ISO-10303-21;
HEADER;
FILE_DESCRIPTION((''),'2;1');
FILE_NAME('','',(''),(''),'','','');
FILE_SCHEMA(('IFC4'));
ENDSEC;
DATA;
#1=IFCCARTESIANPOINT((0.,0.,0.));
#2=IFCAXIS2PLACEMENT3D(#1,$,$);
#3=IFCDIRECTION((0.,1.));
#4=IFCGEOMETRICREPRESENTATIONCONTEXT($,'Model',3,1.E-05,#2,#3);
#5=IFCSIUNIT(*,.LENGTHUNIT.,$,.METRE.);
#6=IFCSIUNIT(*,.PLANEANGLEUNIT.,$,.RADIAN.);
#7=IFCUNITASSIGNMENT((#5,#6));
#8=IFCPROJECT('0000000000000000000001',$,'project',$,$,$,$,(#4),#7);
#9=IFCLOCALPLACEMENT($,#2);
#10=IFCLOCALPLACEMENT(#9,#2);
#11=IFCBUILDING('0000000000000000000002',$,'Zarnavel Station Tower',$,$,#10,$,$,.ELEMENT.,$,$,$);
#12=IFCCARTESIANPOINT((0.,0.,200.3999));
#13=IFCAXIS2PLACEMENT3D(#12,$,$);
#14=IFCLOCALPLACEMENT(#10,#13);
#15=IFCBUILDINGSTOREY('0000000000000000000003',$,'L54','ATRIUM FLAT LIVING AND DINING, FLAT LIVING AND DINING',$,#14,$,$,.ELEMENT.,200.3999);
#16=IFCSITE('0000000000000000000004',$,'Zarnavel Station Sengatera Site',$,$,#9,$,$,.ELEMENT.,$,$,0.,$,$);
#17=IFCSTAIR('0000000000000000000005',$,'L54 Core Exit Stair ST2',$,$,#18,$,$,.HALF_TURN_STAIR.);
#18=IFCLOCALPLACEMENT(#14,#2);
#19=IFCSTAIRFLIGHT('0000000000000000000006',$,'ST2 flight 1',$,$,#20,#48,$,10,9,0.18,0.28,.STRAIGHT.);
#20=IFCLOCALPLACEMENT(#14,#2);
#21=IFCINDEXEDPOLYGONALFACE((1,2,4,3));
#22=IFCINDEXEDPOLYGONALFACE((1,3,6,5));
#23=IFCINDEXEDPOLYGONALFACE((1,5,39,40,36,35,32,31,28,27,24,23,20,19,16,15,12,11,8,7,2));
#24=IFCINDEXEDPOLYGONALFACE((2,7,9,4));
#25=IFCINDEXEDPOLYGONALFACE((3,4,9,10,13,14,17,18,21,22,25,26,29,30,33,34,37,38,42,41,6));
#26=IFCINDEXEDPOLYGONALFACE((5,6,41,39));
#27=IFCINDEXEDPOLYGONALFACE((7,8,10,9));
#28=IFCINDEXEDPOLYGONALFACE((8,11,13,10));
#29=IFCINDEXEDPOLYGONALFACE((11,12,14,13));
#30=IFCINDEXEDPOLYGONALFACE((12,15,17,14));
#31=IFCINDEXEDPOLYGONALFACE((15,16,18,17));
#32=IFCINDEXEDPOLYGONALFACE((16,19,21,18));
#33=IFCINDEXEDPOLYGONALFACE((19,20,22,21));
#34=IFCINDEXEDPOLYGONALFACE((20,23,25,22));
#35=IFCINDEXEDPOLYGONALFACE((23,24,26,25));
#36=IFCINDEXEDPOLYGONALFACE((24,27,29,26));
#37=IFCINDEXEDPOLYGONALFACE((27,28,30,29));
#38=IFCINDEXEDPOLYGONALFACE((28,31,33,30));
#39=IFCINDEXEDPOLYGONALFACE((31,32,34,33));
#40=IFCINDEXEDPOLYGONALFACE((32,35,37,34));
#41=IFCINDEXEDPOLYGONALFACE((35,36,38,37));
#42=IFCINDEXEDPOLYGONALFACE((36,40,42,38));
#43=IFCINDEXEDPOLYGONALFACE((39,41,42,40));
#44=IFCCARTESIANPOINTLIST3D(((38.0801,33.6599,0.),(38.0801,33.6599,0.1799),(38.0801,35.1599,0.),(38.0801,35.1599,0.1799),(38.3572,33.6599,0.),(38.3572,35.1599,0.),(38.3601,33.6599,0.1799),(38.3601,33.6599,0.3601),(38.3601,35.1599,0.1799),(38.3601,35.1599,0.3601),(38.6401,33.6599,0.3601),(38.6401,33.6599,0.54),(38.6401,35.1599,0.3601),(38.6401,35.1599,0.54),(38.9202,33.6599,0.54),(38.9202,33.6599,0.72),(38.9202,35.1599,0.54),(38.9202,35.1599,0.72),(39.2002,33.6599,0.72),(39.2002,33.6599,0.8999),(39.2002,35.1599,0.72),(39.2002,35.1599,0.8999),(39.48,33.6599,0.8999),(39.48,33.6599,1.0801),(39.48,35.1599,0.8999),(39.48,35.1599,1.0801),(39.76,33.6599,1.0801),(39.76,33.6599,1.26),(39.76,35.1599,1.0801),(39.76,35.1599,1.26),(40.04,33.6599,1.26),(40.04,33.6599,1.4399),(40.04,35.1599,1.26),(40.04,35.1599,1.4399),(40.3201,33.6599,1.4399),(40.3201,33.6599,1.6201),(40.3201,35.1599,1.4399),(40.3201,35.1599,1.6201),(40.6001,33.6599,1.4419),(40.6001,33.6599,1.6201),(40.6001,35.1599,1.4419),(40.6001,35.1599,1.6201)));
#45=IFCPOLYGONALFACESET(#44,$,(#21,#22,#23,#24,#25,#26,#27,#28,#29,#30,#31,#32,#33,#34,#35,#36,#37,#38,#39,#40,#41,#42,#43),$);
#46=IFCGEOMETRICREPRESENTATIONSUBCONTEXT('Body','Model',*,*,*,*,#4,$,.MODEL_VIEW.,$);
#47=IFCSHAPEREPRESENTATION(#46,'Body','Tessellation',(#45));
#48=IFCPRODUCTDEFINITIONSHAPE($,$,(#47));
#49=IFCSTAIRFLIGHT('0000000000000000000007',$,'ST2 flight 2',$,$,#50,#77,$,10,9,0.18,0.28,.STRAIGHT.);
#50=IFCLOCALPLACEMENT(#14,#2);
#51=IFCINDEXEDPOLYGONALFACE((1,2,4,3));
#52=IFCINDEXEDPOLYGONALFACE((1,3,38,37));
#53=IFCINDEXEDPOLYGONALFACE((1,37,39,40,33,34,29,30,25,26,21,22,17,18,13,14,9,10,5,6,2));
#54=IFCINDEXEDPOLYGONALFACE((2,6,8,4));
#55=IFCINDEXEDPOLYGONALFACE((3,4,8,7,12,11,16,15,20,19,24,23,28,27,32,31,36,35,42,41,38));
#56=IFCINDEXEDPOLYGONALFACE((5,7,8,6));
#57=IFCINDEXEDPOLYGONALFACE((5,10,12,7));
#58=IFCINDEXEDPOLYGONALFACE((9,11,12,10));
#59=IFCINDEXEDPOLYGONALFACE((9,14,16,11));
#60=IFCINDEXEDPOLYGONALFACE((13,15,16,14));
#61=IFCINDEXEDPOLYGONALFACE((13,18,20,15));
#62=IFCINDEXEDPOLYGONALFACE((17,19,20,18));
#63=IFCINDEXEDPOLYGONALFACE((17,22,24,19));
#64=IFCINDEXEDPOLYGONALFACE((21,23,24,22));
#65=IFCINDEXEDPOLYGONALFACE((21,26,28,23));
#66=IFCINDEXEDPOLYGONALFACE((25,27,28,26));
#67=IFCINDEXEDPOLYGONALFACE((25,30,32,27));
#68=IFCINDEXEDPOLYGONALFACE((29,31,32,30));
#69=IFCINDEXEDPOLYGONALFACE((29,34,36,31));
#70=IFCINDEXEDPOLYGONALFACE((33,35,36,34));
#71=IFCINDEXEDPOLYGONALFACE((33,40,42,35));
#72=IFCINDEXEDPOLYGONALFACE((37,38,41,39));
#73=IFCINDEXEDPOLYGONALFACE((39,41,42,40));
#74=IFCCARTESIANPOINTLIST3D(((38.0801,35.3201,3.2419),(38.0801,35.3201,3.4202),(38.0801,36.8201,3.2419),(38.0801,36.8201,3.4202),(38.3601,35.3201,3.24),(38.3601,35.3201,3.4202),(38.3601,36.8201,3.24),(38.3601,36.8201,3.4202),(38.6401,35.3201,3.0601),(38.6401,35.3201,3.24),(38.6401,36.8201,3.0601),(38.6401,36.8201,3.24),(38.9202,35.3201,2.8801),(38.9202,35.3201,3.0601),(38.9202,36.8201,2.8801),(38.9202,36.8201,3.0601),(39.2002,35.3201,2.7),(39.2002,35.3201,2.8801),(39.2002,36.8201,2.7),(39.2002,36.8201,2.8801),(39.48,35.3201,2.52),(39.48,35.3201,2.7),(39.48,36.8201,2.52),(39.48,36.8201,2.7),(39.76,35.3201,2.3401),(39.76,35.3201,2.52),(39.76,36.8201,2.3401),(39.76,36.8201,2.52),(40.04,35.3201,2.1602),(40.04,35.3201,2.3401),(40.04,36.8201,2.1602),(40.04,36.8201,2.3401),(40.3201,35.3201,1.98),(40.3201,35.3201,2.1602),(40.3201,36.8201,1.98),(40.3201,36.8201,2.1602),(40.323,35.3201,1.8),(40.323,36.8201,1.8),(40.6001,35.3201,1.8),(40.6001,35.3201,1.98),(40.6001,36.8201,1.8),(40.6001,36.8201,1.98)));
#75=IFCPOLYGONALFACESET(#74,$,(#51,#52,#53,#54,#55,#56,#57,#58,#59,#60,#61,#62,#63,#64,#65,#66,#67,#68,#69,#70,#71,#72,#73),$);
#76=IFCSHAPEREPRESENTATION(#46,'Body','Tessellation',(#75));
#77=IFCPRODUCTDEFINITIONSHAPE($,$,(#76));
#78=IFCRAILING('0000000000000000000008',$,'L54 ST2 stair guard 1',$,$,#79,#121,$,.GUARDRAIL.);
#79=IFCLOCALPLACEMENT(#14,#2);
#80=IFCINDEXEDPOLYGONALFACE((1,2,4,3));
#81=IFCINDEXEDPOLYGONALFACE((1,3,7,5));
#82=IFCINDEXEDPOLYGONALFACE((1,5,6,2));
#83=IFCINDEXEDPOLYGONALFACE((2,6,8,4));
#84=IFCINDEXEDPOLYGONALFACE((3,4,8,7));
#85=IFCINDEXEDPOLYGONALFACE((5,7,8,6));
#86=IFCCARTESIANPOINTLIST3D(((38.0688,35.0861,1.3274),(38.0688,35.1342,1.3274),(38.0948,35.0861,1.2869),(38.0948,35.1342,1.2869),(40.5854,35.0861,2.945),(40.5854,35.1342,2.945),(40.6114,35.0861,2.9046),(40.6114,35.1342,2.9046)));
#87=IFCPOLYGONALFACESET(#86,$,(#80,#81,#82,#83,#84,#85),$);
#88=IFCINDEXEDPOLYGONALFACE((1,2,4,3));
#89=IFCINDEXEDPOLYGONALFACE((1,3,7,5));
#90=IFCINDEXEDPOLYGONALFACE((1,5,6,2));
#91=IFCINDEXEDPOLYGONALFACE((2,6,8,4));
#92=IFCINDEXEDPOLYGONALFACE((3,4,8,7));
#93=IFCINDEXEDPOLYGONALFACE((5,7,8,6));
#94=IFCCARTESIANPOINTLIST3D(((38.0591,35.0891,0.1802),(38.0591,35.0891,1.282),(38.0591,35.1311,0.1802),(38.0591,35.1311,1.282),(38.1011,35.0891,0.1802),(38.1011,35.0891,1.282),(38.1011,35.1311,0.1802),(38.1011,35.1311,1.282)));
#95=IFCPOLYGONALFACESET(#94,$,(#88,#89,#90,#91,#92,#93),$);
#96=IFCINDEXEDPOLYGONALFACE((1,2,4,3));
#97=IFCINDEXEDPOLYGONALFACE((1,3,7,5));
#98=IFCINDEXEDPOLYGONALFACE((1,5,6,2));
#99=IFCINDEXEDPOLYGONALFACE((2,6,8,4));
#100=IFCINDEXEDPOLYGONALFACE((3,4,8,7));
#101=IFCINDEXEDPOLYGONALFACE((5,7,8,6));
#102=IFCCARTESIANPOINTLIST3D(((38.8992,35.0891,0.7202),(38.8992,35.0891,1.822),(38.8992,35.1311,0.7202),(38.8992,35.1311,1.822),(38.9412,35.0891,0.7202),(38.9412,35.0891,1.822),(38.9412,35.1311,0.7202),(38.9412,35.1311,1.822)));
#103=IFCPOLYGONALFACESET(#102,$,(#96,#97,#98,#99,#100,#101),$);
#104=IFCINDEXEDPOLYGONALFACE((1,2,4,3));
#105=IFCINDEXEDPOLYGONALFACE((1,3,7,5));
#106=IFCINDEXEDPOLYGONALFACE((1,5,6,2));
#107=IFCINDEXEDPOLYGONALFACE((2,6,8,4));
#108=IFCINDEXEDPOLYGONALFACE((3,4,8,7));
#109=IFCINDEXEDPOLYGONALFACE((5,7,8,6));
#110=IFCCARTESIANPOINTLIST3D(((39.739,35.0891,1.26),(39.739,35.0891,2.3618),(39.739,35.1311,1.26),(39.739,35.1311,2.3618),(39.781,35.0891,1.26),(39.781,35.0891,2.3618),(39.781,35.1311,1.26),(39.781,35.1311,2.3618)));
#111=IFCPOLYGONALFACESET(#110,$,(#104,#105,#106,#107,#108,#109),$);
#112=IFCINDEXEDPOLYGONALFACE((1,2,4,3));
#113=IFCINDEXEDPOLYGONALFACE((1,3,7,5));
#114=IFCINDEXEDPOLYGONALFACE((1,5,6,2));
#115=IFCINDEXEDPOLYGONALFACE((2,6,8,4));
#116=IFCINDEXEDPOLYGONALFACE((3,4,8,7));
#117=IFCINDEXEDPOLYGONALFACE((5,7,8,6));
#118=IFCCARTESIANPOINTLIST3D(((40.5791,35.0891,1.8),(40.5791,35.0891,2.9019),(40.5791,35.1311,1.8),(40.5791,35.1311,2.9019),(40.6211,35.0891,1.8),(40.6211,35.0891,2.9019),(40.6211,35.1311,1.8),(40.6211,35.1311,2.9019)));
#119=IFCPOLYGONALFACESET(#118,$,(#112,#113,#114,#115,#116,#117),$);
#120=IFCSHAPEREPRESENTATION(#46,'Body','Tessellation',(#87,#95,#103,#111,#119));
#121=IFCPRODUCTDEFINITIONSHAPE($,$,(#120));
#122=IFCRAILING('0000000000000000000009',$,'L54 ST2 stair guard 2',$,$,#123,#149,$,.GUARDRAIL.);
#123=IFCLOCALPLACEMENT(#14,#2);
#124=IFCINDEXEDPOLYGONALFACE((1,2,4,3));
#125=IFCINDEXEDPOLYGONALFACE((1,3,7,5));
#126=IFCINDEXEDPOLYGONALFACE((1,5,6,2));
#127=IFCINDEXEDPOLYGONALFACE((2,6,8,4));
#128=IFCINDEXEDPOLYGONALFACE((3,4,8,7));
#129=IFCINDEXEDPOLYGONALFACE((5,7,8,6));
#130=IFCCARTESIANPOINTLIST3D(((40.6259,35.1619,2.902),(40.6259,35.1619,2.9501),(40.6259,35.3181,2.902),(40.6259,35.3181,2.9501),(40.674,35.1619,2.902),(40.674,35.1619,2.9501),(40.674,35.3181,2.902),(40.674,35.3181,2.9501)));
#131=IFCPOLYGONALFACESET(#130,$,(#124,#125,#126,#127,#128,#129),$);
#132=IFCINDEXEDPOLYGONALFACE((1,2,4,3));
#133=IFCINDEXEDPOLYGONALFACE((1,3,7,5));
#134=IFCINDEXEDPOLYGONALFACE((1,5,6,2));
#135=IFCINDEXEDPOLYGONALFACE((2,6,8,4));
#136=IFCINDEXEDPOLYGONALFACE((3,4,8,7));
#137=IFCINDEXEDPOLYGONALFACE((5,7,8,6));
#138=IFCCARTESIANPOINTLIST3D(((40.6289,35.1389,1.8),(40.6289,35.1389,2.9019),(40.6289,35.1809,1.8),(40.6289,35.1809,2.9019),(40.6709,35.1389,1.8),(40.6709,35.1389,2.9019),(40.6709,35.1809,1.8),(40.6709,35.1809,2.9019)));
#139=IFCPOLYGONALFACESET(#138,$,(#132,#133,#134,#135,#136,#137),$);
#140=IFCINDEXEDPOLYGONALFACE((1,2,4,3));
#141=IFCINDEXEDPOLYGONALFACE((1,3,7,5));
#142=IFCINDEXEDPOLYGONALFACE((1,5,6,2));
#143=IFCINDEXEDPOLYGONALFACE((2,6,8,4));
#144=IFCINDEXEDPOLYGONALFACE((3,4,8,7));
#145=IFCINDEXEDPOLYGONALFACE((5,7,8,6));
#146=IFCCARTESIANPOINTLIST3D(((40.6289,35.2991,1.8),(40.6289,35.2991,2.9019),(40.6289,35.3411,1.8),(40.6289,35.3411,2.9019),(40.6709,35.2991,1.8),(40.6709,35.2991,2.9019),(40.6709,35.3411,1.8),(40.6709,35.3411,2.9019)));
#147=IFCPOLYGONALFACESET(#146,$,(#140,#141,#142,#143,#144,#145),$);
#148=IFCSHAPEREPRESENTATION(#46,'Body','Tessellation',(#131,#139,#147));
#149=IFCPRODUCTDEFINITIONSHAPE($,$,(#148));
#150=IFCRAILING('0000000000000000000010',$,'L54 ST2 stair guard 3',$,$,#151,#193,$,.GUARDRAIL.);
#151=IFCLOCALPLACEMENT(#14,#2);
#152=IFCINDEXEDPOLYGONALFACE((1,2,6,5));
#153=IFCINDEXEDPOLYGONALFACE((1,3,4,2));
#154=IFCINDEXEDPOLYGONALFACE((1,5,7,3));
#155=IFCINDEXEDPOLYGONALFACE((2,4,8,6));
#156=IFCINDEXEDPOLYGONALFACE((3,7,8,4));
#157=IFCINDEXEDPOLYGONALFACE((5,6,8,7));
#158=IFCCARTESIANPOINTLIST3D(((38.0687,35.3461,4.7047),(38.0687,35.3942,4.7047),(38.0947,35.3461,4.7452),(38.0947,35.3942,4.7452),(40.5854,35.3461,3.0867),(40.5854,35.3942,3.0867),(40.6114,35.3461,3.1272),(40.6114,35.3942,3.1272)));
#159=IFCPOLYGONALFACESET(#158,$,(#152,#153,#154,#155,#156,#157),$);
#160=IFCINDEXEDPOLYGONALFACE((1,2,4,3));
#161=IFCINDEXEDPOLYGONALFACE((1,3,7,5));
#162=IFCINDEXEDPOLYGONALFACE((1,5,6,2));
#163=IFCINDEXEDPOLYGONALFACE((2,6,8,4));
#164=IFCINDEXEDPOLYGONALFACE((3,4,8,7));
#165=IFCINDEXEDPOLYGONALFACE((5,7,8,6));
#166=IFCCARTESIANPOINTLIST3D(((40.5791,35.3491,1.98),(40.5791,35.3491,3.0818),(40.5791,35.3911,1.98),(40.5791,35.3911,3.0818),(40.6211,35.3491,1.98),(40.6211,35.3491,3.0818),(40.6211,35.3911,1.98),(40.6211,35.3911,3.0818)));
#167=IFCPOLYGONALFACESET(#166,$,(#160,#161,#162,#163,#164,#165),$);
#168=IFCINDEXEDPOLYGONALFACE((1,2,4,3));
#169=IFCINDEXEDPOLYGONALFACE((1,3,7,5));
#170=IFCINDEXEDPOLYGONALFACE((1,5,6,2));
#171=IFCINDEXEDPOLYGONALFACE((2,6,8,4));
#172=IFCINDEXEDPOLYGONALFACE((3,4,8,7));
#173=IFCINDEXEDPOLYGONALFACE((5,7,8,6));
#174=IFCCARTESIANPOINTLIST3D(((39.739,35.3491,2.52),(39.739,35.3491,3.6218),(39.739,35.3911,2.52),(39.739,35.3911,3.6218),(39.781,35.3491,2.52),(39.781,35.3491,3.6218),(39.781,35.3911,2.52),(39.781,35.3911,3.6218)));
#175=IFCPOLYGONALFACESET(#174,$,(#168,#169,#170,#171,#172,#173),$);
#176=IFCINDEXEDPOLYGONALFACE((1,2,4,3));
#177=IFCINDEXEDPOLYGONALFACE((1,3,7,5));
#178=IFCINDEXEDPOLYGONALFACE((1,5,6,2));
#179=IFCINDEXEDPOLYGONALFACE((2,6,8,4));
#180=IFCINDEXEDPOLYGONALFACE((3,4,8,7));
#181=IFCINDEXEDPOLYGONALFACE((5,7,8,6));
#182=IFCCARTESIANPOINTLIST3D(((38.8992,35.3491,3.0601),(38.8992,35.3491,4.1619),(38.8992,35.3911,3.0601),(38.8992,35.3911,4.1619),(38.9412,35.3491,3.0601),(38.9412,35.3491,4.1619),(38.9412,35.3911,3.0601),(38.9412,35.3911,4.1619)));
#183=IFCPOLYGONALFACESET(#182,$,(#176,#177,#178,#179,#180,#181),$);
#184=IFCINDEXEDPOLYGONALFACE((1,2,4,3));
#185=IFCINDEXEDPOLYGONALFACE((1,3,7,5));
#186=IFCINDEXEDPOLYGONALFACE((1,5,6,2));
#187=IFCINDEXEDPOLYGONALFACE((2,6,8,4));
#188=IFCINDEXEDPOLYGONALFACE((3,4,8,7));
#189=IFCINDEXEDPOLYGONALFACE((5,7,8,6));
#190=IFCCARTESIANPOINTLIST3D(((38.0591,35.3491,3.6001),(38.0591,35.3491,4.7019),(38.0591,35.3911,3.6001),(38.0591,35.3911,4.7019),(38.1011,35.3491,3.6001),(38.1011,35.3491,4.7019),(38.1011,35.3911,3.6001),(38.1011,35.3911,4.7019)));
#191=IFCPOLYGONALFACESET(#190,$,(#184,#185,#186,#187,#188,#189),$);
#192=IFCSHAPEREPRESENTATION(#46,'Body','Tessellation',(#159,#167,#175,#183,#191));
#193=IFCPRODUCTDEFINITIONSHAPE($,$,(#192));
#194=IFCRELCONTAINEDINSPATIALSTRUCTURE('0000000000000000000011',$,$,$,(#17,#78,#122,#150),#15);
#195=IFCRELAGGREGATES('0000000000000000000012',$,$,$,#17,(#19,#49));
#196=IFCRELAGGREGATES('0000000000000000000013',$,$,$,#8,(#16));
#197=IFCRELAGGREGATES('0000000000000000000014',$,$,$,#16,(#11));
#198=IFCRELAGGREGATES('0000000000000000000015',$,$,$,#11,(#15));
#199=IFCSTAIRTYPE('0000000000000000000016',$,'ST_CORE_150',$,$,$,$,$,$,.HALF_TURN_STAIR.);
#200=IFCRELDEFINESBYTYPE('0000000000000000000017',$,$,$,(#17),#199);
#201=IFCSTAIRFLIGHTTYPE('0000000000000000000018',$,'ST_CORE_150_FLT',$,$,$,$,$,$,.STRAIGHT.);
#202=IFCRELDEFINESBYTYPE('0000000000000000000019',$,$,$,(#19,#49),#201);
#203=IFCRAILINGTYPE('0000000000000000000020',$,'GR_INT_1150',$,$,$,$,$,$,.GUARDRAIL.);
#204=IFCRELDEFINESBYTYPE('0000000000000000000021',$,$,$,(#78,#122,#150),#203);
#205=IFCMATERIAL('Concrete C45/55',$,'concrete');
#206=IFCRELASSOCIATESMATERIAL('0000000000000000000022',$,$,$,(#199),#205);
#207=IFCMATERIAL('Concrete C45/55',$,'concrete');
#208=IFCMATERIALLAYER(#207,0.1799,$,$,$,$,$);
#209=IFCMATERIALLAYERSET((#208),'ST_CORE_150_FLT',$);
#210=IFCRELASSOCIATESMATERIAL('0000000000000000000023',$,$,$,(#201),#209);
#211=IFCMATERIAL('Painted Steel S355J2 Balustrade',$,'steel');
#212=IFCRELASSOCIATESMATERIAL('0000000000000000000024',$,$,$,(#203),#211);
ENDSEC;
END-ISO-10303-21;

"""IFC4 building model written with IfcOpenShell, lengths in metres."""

from ifc_helpers import new_model, si_unit, direction, frame, origin, origin_2d, place, context, subcontext, project, spatial, polyline, rectangle, outline, extrude, material, layer, layer_set, type_object, element, aggregate, save


model = new_model("IFC4")

# Units and contexts
model_context = context("Model", 3, precision=1e-05, world=origin(), true_north=direction((0.0, 1.0)))
body_context = subcontext(model_context, "Body", "Model", "MODEL_VIEW")
ifc_project = project(units=[si_unit("LENGTHUNIT", "METRE"), si_unit("PLANEANGLEUNIT", "RADIAN")], contexts=[model_context])

# Site, building, storey
site_placement = place(None, origin())
site = spatial("IfcSite", under=ifc_project, at=site_placement, Name="Zarnavel Station Sengatera Site", CompositionType="ELEMENT", RefElevation=0.0)
building_placement = place(site_placement, origin())
building = spatial("IfcBuilding", under=site, at=building_placement, Name="Zarnavel Station Tower", CompositionType="ELEMENT")
storey_placement = place(building_placement, frame((0.0, 0.0, 200.3999)))
storey = spatial("IfcBuildingStorey", under=building, at=storey_placement, Name="L54", Description="ATRIUM FLAT LIVING AND DINING, FLAT LIVING AND DINING", CompositionType="ELEMENT", Elevation=200.3999)

# Stair, stair flights
ifc_material_1 = material(Name="Concrete C45/55", Category="concrete")
stair_type = type_object("IfcStairType", Name="ST_CORE_150", PredefinedType="HALF_TURN_STAIR", material=ifc_material_1)
stair_placement = place(storey_placement, origin())
stair = element("IfcStair", 1, at=stair_placement, inside=storey, type_object=stair_type, Name="L54 Core Exit Stair ST2", PredefinedType="HALF_TURN_STAIR")
ifc_material_2 = material(Name="Concrete C45/55", Category="concrete")
ifc_layer_1 = layer(ifc_material_2, 0.1799)
ifc_layer_set_1 = layer_set([ifc_layer_1], Name="ST_CORE_150_FLT")
stair_flight_type = type_object("IfcStairFlightType", Name="ST_CORE_150_FLT", PredefinedType="STRAIGHT", material=ifc_layer_set_1)
stair_flight_1_placement = place(storey_placement, frame((38.0801, 34.4099, 0.0), z_axis=(0.0, 0.0, 1.0), x_axis=(1.0, 0.0, 0.0)))
stair_flight_1 = element("IfcStairFlight", 2, at=stair_flight_1_placement, type_object=stair_flight_type, Name="ST2 flight 1", NumberOfRisers=10, NumberOfTreads=9, PredefinedType="STRAIGHT", RiserHeight=0.18, TreadLength=0.28, context=body_context, shape_type="SweptSolid", body=[
    extrude(outline(polyline([(0.0, 0.0), (0.0, 0.1799), (0.28, 0.1799), (0.28, 0.3601), (0.5601, 0.3601), (0.5601, 0.54), (0.8401, 0.54), (0.8401, 0.72), (1.1201, 0.72), (1.1201, 0.8999), (1.3999, 0.8999), (1.3999, 1.0801), (1.6799, 1.0801), (1.6799, 1.26), (1.96, 1.26), (1.96, 1.4399), (2.24, 1.4399), (2.24, 1.6201), (2.52, 1.6201), (2.52, 1.8), (2.52, 1.4419), (0.2771, 0.0), (0.0, 0.0)])), frame((0.0, 0.75, 0.0), z_axis=(0.0, -1.0, 0.0), x_axis=(1.0, 0.0, 0.0)), (0.0, 0.0, 1.0), 1.5),
])
stair_flight_2_placement = place(storey_placement, frame((40.6001, 36.0701, 1.8), z_axis=(0.0, 0.0, 1.0), x_axis=(-1.0, 0.0, 0.0)))
stair_flight_2 = element("IfcStairFlight", 3, at=stair_flight_2_placement, type_object=stair_flight_type, Name="ST2 flight 2", NumberOfRisers=10, NumberOfTreads=9, PredefinedType="STRAIGHT", RiserHeight=0.18, TreadLength=0.28, context=body_context, shape_type="SweptSolid", body=[
    extrude(outline(polyline([(0.0, 0.0), (0.0, 0.1799), (0.28, 0.1799), (0.28, 0.3601), (0.5601, 0.3601), (0.5601, 0.54), (0.8401, 0.54), (0.8401, 0.72), (1.1201, 0.72), (1.1201, 0.8999), (1.3999, 0.8999), (1.3999, 1.0801), (1.6799, 1.0801), (1.6799, 1.26), (1.96, 1.26), (1.96, 1.4399), (2.24, 1.4399), (2.24, 1.6201), (2.52, 1.6201), (2.52, 1.8), (2.52, 1.4419), (0.2771, 0.0), (0.0, 0.0)])), frame((0.0, 0.75, 0.0), z_axis=(0.0, -1.0, 0.0), x_axis=(1.0, 0.0, 0.0)), (0.0, 0.0, 1.0), 1.5),
])
aggregate(stair, [stair_flight_1, stair_flight_2])

# Railings
ifc_material_3 = material(Name="Painted Steel S355J2 Balustrade", Category="steel")
railing_type_1 = type_object("IfcRailingType", Name="GR_INT_1150", PredefinedType="GUARDRAIL", material=ifc_material_3)
railing_1_placement = place(storey_placement, frame((38.0801, 35.1101, 0.1802)))
element("IfcRailing", 4, at=railing_1_placement, inside=storey, type_object=railing_type_1, Name="L54 ST2 stair guard 1", PredefinedType="GUARDRAIL", context=body_context, shape_type="SweptSolid", body=[
    extrude(rectangle(XDim=0.0481, YDim=0.0481, at=origin_2d()), frame((0.0017, 0.0, 1.127), z_axis=(0.8412, 0.0, 0.540725), x_axis=(0.0, 1.0, 0.0)), (0.0, 0.0, 1.0), 2.9917),
    extrude(rectangle(XDim=0.042, YDim=0.042, at=origin_2d()), origin(), (0.0, 0.0, 1.0), 1.1018),
    extrude(rectangle(XDim=0.042, YDim=0.042, at=origin_2d()), frame((0.8401, 0.0, 0.54)), (0.0, 0.0, 1.0), 1.1018),
    extrude(rectangle(XDim=0.042, YDim=0.042, at=origin_2d()), frame((1.6799, 0.0, 1.0798)), (0.0, 0.0, 1.0), 1.1018),
    extrude(rectangle(XDim=0.042, YDim=0.042, at=origin_2d()), frame((2.52, 0.0, 1.6199)), (0.0, 0.0, 1.0), 1.1018),
])
railing_2_placement = place(storey_placement, frame((40.6499, 35.1599, 1.8)))
element("IfcRailing", 5, at=railing_2_placement, inside=storey, type_object=railing_type_1, Name="L54 ST2 stair guard 2", PredefinedType="GUARDRAIL", context=body_context, shape_type="SweptSolid", body=[
    extrude(rectangle(XDim=0.0481, YDim=0.0481, at=origin_2d()), frame((0.0, 0.002, 1.126), z_axis=(0.0, 1.0, 0.0), x_axis=(-1.0, 0.0, 0.0)), (0.0, 0.0, 1.0), 0.1562),
    extrude(rectangle(XDim=0.042, YDim=0.042, at=origin_2d()), origin(), (0.0, 0.0, 1.0), 1.1018),
    extrude(rectangle(XDim=0.042, YDim=0.042, at=origin_2d()), frame((0.0, 0.1602, 0.0)), (0.0, 0.0, 1.0), 1.1018),
])
railing_3_placement = place(storey_placement, frame((40.6001, 35.3701, 1.98)))
element("IfcRailing", 6, at=railing_3_placement, inside=storey, type_object=railing_type_1, Name="L54 ST2 stair guard 3", PredefinedType="GUARDRAIL", context=body_context, shape_type="SweptSolid", body=[
    extrude(rectangle(XDim=0.0481, YDim=0.0481, at=origin_2d()), frame((-0.0017, 0.0, 1.127), z_axis=(-0.841163, 0.0, 0.540782), x_axis=(0.0, -1.0, 0.0)), (0.0, 0.0, 1.0), 2.9919),
    extrude(rectangle(XDim=0.042, YDim=0.042, at=origin_2d()), origin(), (0.0, 0.0, 1.0), 1.1018),
    extrude(rectangle(XDim=0.042, YDim=0.042, at=origin_2d()), frame((-0.8401, 0.0, 0.54)), (0.0, 0.0, 1.0), 1.1018),
    extrude(rectangle(XDim=0.042, YDim=0.042, at=origin_2d()), frame((-1.6799, 0.0, 1.0801)), (0.0, 0.0, 1.0), 1.1018),
    extrude(rectangle(XDim=0.042, YDim=0.042, at=origin_2d()), frame((-2.52, 0.0, 1.6201)), (0.0, 0.0, 1.0), 1.1018),
])

save(model, "model.ifc")
